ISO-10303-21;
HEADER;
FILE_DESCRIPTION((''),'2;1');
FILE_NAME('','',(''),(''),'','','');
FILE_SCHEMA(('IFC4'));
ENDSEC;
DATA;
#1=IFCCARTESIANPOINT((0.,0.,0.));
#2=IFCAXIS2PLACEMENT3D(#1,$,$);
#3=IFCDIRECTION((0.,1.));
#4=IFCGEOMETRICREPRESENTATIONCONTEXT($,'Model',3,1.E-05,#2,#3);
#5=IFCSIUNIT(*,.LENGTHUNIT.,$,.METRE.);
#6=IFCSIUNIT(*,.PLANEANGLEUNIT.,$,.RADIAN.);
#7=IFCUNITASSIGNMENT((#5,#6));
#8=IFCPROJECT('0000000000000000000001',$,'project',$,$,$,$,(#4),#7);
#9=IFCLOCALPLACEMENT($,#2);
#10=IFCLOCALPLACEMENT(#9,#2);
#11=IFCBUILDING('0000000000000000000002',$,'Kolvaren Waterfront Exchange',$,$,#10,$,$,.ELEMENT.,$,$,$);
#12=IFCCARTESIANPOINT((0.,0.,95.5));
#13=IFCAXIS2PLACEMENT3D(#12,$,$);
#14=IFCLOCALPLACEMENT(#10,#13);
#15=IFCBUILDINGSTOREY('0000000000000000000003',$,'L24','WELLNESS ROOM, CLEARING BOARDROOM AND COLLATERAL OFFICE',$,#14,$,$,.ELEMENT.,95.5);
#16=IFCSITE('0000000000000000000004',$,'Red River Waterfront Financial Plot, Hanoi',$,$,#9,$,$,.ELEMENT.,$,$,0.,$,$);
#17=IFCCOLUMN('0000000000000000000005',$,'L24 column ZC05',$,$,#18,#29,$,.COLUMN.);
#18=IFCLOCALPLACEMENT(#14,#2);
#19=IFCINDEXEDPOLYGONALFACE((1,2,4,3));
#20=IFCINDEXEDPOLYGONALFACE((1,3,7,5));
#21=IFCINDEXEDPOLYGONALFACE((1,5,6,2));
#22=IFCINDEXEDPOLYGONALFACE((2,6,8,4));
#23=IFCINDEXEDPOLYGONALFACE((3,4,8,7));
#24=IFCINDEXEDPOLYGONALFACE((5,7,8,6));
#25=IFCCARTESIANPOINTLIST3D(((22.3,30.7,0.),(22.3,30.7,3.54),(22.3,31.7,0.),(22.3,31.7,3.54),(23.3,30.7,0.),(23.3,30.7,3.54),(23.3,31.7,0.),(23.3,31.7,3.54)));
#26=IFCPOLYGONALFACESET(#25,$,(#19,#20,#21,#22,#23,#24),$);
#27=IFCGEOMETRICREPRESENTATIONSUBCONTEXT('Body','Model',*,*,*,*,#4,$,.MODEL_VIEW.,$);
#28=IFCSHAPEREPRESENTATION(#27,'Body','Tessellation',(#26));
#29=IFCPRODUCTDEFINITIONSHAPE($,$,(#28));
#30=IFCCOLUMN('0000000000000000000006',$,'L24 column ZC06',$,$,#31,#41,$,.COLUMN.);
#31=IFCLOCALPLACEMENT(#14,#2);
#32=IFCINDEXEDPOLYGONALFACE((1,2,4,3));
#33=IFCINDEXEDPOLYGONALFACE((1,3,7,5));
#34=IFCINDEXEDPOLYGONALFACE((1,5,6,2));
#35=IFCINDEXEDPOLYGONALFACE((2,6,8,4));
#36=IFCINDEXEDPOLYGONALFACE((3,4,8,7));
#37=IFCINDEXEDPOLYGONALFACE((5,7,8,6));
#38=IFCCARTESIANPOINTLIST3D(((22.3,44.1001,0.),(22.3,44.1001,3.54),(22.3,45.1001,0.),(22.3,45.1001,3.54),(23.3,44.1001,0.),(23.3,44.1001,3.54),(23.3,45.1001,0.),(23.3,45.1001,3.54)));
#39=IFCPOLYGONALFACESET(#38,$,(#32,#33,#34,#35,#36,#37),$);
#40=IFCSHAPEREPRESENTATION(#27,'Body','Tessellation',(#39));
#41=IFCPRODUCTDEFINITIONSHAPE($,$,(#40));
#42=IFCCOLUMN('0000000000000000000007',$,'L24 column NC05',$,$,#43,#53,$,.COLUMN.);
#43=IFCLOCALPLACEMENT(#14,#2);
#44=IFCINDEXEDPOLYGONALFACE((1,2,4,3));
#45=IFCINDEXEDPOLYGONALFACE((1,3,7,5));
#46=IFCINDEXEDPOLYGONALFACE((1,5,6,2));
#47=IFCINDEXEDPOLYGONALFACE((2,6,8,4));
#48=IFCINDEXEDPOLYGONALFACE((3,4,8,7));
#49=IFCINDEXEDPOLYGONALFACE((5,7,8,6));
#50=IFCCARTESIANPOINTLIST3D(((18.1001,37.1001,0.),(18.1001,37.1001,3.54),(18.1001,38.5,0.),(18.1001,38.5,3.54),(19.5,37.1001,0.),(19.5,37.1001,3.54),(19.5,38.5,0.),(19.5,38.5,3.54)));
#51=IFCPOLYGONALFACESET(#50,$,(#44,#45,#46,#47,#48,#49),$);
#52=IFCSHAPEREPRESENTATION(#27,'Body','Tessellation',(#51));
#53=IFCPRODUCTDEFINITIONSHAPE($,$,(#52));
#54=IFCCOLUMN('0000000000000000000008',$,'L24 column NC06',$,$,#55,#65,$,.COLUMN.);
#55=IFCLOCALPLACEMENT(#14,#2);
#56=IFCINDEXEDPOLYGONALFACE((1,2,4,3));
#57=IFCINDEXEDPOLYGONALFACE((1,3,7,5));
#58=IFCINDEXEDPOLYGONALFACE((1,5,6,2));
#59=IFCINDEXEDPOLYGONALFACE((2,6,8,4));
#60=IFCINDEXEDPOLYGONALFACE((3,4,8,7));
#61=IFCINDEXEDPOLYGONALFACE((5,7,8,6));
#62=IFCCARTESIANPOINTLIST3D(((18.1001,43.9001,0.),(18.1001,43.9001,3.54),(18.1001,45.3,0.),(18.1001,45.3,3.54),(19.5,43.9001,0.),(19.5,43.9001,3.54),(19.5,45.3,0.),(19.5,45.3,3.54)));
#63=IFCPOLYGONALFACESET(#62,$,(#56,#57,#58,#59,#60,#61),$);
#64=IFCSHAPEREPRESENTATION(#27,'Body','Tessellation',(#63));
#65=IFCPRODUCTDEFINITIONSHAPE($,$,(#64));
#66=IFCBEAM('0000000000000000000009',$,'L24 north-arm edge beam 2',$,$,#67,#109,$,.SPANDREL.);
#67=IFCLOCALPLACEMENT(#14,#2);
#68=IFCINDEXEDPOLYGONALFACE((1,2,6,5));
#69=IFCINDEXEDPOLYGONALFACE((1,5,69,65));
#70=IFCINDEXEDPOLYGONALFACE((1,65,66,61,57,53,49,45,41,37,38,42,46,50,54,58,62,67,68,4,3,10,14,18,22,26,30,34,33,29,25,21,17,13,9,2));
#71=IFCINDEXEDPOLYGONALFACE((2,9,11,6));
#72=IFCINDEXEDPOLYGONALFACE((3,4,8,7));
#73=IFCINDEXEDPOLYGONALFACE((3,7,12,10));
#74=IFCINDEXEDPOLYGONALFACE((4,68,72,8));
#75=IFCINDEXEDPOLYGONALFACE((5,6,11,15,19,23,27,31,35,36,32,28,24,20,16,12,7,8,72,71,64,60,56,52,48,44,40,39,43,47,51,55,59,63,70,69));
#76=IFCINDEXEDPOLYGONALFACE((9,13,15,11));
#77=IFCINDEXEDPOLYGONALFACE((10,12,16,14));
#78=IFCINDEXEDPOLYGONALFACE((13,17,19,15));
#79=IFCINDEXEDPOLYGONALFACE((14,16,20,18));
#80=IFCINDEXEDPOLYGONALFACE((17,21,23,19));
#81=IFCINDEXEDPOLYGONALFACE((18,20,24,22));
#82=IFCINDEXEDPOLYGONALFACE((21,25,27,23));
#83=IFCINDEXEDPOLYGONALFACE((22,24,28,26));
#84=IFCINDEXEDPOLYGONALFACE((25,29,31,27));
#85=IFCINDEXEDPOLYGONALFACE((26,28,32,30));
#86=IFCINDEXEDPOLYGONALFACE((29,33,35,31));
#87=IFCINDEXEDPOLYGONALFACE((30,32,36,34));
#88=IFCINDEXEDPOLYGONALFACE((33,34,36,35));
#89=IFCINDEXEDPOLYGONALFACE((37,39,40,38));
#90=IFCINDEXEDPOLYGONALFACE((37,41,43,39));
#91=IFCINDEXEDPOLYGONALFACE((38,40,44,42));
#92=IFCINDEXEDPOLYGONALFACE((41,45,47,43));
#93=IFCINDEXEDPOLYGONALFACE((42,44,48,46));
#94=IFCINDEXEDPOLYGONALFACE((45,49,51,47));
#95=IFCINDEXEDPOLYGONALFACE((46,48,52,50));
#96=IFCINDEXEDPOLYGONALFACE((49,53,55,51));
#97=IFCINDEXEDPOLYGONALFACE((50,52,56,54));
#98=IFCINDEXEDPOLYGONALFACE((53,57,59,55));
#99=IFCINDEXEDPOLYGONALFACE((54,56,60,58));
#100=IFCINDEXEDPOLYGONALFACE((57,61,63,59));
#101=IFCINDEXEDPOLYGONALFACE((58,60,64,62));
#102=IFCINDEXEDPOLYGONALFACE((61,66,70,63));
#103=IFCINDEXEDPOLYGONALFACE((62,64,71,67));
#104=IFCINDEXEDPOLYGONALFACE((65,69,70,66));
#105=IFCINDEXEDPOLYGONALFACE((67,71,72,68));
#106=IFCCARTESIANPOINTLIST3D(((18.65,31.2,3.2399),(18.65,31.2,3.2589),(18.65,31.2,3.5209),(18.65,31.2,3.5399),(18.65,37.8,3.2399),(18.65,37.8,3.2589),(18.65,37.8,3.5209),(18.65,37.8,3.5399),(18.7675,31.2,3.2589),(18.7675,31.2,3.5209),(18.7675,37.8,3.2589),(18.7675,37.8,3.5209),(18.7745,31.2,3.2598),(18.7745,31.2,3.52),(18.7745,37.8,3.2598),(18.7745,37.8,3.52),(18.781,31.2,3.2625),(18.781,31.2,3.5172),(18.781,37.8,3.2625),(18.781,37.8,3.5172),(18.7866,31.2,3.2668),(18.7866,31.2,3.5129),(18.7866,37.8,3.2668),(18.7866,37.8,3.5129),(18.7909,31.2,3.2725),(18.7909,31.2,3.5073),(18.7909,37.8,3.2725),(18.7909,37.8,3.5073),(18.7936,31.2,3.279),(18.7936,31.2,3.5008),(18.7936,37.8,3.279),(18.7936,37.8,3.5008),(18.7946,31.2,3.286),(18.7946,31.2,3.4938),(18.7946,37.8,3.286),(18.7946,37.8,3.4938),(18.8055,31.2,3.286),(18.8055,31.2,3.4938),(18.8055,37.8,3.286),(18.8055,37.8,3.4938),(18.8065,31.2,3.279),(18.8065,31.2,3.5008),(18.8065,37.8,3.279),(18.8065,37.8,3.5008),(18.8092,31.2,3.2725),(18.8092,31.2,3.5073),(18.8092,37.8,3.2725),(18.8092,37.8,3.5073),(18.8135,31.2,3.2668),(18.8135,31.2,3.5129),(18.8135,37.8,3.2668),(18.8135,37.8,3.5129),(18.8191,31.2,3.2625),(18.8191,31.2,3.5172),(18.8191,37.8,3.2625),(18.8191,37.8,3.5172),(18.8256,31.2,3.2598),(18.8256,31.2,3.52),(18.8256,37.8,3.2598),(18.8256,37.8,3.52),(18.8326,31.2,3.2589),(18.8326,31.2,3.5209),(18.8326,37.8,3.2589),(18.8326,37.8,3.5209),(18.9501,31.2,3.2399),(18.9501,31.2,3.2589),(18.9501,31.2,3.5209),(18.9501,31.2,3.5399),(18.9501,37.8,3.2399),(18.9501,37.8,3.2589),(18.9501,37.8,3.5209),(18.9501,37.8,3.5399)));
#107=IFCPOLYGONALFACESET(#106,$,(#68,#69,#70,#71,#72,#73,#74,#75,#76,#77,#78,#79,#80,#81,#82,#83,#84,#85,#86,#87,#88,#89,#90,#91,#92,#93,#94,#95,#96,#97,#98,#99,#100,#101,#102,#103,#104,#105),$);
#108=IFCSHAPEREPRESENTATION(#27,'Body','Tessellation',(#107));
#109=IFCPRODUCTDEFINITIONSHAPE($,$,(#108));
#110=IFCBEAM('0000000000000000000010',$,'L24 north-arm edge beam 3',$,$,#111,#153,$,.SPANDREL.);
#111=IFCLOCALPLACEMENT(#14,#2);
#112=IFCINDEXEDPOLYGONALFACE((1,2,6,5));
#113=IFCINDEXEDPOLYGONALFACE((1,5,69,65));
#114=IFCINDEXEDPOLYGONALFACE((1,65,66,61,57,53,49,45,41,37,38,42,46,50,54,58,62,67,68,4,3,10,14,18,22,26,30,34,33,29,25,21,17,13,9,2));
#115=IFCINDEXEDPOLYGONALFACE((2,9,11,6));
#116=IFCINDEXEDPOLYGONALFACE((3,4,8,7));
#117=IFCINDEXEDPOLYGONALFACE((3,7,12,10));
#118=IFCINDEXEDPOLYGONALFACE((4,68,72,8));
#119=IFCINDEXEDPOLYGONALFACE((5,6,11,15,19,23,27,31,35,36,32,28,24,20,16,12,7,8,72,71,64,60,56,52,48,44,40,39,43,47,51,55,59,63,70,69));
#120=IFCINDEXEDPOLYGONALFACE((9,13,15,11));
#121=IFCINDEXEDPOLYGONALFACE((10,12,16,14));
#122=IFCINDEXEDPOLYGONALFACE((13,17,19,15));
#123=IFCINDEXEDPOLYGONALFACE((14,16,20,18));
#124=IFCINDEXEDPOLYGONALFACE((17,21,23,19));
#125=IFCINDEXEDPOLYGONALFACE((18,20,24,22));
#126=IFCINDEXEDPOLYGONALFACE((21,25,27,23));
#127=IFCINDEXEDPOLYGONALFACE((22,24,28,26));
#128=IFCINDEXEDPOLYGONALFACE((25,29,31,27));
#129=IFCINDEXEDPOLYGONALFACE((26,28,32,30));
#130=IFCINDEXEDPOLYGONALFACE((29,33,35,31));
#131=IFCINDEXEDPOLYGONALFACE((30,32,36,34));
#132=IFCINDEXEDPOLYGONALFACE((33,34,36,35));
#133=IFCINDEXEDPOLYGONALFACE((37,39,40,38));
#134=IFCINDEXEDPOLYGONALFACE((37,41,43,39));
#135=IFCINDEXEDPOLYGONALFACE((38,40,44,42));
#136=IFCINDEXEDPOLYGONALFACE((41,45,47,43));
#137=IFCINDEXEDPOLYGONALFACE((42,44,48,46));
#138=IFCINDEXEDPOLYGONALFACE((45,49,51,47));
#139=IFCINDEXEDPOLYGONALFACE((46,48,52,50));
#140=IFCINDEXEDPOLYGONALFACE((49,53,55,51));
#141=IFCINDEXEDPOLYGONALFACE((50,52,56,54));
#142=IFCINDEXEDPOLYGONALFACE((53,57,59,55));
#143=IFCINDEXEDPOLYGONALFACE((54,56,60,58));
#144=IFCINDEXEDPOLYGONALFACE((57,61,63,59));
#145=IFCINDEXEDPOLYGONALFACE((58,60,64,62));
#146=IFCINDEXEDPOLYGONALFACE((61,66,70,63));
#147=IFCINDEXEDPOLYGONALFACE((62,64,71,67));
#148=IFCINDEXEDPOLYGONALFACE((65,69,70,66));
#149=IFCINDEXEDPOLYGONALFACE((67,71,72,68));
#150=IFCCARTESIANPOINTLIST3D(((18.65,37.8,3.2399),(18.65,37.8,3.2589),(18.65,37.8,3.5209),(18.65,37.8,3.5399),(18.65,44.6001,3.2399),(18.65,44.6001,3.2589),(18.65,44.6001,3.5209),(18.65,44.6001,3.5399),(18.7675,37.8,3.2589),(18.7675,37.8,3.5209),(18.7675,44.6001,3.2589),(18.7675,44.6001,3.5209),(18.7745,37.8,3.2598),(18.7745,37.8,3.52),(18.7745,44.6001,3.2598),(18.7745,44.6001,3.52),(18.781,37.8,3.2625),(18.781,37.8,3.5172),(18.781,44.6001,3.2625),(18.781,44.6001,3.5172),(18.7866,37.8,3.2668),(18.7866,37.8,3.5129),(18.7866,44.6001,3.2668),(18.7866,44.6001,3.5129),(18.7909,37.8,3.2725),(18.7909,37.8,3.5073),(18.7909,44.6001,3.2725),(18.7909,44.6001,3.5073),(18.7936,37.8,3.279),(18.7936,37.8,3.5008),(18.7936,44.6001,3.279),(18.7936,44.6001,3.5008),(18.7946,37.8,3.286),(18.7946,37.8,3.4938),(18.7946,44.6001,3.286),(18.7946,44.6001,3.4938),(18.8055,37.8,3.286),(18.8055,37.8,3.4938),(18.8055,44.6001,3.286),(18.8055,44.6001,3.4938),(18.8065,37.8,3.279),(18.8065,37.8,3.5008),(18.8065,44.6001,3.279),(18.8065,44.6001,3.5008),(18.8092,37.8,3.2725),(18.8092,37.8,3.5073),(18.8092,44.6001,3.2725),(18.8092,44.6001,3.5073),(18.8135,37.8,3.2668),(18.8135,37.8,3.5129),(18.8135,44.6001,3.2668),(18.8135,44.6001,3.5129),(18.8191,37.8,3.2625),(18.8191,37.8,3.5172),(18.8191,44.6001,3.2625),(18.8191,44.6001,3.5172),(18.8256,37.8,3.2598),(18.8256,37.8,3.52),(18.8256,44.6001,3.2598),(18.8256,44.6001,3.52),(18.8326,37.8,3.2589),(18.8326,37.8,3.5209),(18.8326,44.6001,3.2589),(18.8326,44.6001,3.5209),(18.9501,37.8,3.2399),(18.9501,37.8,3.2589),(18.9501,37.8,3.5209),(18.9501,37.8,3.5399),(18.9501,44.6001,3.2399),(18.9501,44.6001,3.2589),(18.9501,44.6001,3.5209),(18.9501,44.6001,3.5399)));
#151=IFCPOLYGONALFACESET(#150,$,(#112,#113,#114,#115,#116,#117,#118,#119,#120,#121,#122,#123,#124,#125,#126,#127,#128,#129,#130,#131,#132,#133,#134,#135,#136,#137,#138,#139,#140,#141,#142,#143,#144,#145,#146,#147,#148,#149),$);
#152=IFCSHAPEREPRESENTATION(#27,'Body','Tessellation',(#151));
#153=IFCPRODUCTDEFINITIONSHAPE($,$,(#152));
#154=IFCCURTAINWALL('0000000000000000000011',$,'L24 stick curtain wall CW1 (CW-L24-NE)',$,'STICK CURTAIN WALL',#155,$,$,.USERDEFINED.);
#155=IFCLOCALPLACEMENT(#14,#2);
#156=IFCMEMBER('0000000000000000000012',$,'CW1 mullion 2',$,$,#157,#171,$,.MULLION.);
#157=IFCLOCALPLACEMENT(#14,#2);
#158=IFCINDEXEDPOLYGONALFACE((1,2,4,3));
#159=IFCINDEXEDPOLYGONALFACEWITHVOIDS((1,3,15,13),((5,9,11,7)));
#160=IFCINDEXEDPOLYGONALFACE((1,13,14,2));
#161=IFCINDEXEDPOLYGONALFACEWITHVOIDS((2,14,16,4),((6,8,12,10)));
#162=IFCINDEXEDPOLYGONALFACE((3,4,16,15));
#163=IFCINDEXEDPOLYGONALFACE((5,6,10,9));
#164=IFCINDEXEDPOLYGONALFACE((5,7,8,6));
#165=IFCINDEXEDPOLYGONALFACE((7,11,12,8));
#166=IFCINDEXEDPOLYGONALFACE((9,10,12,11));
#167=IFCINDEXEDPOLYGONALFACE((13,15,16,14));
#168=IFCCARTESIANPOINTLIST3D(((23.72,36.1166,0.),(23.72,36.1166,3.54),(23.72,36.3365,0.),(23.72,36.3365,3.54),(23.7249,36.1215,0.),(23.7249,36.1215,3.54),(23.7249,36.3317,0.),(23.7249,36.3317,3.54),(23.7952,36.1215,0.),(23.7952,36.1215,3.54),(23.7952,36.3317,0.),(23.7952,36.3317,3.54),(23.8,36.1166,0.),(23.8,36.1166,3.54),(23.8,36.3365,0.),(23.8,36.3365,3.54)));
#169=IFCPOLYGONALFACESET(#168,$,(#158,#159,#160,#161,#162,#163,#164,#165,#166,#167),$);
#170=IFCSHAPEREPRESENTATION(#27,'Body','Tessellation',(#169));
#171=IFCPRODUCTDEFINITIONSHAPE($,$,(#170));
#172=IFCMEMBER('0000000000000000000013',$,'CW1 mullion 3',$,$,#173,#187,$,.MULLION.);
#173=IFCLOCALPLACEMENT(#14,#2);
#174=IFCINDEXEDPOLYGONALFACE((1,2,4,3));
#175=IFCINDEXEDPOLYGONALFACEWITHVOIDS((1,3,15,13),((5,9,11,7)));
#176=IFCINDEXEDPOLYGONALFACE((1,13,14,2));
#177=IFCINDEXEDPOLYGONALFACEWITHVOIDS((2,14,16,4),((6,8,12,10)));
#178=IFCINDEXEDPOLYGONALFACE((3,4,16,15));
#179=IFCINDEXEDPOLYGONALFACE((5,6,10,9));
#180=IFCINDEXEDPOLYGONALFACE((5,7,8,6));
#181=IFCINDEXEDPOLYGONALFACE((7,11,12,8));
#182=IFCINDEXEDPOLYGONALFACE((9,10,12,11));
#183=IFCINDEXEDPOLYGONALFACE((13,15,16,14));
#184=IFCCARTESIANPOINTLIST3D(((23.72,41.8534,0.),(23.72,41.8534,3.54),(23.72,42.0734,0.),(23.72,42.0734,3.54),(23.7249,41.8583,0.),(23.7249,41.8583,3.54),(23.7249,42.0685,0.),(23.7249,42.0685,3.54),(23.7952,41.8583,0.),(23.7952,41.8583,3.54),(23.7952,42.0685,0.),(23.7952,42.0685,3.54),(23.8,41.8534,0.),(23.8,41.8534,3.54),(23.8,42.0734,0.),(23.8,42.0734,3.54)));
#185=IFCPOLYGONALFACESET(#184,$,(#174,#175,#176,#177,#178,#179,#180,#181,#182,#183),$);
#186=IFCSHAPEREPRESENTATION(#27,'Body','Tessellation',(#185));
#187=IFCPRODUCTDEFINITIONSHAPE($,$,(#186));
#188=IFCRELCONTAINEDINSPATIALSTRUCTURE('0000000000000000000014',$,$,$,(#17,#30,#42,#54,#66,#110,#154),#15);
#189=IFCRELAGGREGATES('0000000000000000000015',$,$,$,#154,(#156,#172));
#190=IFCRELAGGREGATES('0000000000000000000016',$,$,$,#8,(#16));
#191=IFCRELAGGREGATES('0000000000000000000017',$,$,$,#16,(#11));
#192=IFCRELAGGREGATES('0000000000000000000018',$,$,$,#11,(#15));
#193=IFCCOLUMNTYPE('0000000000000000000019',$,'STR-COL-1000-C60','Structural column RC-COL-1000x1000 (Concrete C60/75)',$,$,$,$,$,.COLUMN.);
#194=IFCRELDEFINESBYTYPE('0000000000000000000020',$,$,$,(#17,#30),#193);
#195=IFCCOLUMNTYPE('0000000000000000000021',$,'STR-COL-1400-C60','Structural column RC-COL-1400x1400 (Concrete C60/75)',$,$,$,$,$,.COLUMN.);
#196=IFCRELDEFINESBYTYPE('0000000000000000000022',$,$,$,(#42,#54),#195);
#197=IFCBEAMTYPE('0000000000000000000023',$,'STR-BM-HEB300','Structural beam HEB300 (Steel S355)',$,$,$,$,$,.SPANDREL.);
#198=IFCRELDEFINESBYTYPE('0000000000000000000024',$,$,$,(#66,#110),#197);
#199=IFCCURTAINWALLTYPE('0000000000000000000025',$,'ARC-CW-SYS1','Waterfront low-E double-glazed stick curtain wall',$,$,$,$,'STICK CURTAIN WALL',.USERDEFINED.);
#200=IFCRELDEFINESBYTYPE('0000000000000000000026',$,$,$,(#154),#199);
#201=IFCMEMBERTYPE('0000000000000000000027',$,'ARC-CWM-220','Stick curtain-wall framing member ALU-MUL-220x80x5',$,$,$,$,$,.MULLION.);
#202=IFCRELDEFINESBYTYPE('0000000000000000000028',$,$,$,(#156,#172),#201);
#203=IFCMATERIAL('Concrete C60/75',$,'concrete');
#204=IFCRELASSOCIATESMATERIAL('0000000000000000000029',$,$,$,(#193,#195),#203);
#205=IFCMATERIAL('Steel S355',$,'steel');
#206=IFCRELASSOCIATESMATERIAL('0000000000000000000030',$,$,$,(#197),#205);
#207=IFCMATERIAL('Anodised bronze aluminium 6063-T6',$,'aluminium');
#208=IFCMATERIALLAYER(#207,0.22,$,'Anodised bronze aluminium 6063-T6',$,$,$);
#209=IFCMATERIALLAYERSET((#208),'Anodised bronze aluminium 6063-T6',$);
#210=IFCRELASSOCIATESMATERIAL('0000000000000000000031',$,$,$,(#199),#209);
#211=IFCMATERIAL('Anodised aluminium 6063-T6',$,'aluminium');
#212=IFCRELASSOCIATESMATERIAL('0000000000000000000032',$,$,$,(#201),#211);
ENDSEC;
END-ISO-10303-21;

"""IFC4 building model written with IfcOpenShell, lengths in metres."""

from ifc_helpers import new_model, si_unit, direction, frame, origin, origin_with_axes, origin_2d, place, context, subcontext, project, spatial, rectangle, hollow_rectangle, i_section, extrude, source, transform, mapped, material, layer, layer_set, material_profile, profile_set, type_object, element, aggregate, save


model = new_model("IFC4")

# Units and contexts
model_context = context("Model", 3, precision=1e-05, world=origin(), true_north=direction((0.0, 1.0)))
body_context = subcontext(model_context, "Body", "Model", "MODEL_VIEW")
ifc_project = project(units=[si_unit("LENGTHUNIT", "METRE"), si_unit("PLANEANGLEUNIT", "RADIAN")], contexts=[model_context])

# Site, building, storey
site_placement = place(None, origin())
site = spatial("IfcSite", under=ifc_project, at=site_placement, Name="Red River Waterfront Financial Plot, Hanoi", CompositionType="ELEMENT", RefElevation=0.0)
building_placement = place(site_placement, origin())
building = spatial("IfcBuilding", under=site, at=building_placement, Name="Kolvaren Waterfront Exchange", CompositionType="ELEMENT")
storey_placement = place(building_placement, frame((0.0, 0.0, 95.5)))
storey = spatial("IfcBuildingStorey", under=building, at=storey_placement, Name="L24", Description="WELLNESS ROOM, CLEARING BOARDROOM AND COLLATERAL OFFICE", CompositionType="ELEMENT", Elevation=95.5)

# Columns
ifc_material_1 = material(Name="Concrete C60/75", Category="concrete")
ifc_material_profile_1 = material_profile(ifc_material_1, rectangle(XDim=1.0, YDim=1.0, at=origin_2d()), Name="RC-COL-1000x1000")
ifc_profile_set_1 = profile_set([ifc_material_profile_1], Name="Concrete C60/75")
column_type_1 = type_object("IfcColumnType", Name="STR-COL-1000-C60", Description="Structural column RC-COL-1000x1000 (Concrete C60/75)", PredefinedType="COLUMN", material=ifc_profile_set_1)
for number, where, z_axis, x_axis, name in (
    (1, (22.8, 31.2, 0.0), (0.0, 0.0, 1.0), (1.0, 0.0, 0.0), "L24 column ZC05"),
    (2, (22.8, 44.6001, 0.0), (0.0, 0.0, 1.0), (1.0, 0.0, 0.0), "L24 column ZC06"),
):
    element("IfcColumn", number, at=place(storey_placement, frame(where, z_axis=z_axis, x_axis=x_axis)), inside=storey, type_object=column_type_1, Name=name, PredefinedType="COLUMN", context=body_context, shape_type="SweptSolid", body=[
        extrude(rectangle(XDim=1.0, YDim=1.0, at=origin_2d()), origin(), (0.0, 0.0, 1.0), 3.54),
    ])
ifc_material_profile_2 = material_profile(ifc_material_1, rectangle(XDim=1.3999, YDim=1.3999, at=origin_2d()), Name="RC-COL-1400x1400")
ifc_profile_set_2 = profile_set([ifc_material_profile_2], Name="Concrete C60/75")
column_type_2 = type_object("IfcColumnType", Name="STR-COL-1400-C60", Description="Structural column RC-COL-1400x1400 (Concrete C60/75)", PredefinedType="COLUMN", material=ifc_profile_set_2)
for number, where, z_axis, x_axis, name in (
    (3, (18.8, 37.8, 0.0), (0.0, 0.0, 1.0), (1.0, 0.0, 0.0), "L24 column NC05"),
    (4, (18.8, 44.6001, 0.0), (0.0, 0.0, 1.0), (1.0, 0.0, 0.0), "L24 column NC06"),
):
    element("IfcColumn", number, at=place(storey_placement, frame(where, z_axis=z_axis, x_axis=x_axis)), inside=storey, type_object=column_type_2, Name=name, PredefinedType="COLUMN", context=body_context, shape_type="SweptSolid", body=[
        extrude(rectangle(XDim=1.3999, YDim=1.3999, at=origin_2d()), origin(), (0.0, 0.0, 1.0), 3.54),
    ])

# Beams
ifc_material_2 = material(Name="Steel S355", Category="steel")
ifc_material_profile_3 = material_profile(ifc_material_2, i_section(OverallWidth=0.3, OverallDepth=0.3, WebThickness=0.011, FlangeThickness=0.019, FilletRadius=0.0271, at=origin_2d()), Name="HEB300")
ifc_profile_set_3 = profile_set([ifc_material_profile_3], Name="Steel S355")
beam_type = type_object("IfcBeamType", Name="STR-BM-HEB300", Description="Structural beam HEB300 (Steel S355)", PredefinedType="SPANDREL", material=ifc_profile_set_3)
beam_1_placement = place(storey_placement, frame((18.8, 31.2, 3.3899), z_axis=(0.0, 1.0, 0.0), x_axis=(-1.0, 0.0, 0.0)))
element("IfcBeam", 5, at=beam_1_placement, inside=storey, type_object=beam_type, Name="L24 north-arm edge beam 2", PredefinedType="SPANDREL", context=body_context, shape_type="SweptSolid", body=[
    extrude(i_section(OverallWidth=0.3, OverallDepth=0.3, WebThickness=0.011, FlangeThickness=0.019, FilletRadius=0.0271, at=origin_2d()), origin(), (0.0, 0.0, 1.0), 6.6001),
])
beam_2_placement = place(storey_placement, frame((18.8, 37.8, 3.3899), z_axis=(0.0, 1.0, 0.0), x_axis=(-1.0, 0.0, 0.0)))
element("IfcBeam", 6, at=beam_2_placement, inside=storey, type_object=beam_type, Name="L24 north-arm edge beam 3", PredefinedType="SPANDREL", context=body_context, shape_type="SweptSolid", body=[
    extrude(i_section(OverallWidth=0.3, OverallDepth=0.3, WebThickness=0.011, FlangeThickness=0.019, FilletRadius=0.0271, at=origin_2d()), origin(), (0.0, 0.0, 1.0), 6.8),
])

# Curtain wall, members
ifc_material_3 = material(Name="Anodised bronze aluminium 6063-T6", Category="aluminium")
ifc_layer_1 = layer(ifc_material_3, 0.22, Name="Anodised bronze aluminium 6063-T6")
ifc_layer_set_1 = layer_set([ifc_layer_1], Name="Anodised bronze aluminium 6063-T6")
curtain_wall_type = type_object("IfcCurtainWallType", Name="ARC-CW-SYS1", Description="Waterfront low-E double-glazed stick curtain wall", ElementType="STICK CURTAIN WALL", PredefinedType="USERDEFINED", material=ifc_layer_set_1)
curtain_wall_placement = place(storey_placement, origin())
curtain_wall = element("IfcCurtainWall", 7, at=curtain_wall_placement, inside=storey, type_object=curtain_wall_type, Name="L24 stick curtain wall CW1 (CW-L24-NE)", ObjectType="STICK CURTAIN WALL", PredefinedType="USERDEFINED")
ifc_material_4 = material(Name="Anodised aluminium 6063-T6", Category="aluminium")
ifc_material_profile_4 = material_profile(ifc_material_4, hollow_rectangle(XDim=0.0801, YDim=0.22, WallThickness=0.0049, at=origin_2d()), Name="ALU-MUL-220x80x5")
ifc_profile_set_4 = profile_set([ifc_material_profile_4], Name="Anodised aluminium 6063-T6")
member_type_1 = type_object("IfcMemberType", Name="ARC-CWM-220", Description="Stick curtain-wall framing member ALU-MUL-220x80x5", PredefinedType="MULLION", material=ifc_profile_set_4)
shared_shape_1 = source(origin_with_axes(), body_context, "Body", "SweptSolid", [
    extrude(hollow_rectangle(XDim=0.0801, YDim=0.22, WallThickness=0.0049, at=origin_2d()), origin(), (0.0, 0.0, 1.0), 3.54),
])
member_1_placement = place(storey_placement, frame((23.76, 36.2266, 0.0), z_axis=(0.0, 0.0, 1.0), x_axis=(-1.0, 0.0, 0.0)))
member_1 = element("IfcMember", 8, at=member_1_placement, type_object=member_type_1, Name="CW1 mullion 2", PredefinedType="MULLION", context=body_context, shape_type="MappedRepresentation", body=[
    mapped(shared_shape_1, transform((0.0, 0.0, 0.0), x_axis=(1.0, 0.0, 0.0), y_axis=(0.0, 1.0, 0.0), z_axis=(0.0, 0.0, 1.0), scale=1.0)),
])
member_2_placement = place(storey_placement, frame((23.76, 41.9634, 0.0), z_axis=(0.0, 0.0, 1.0), x_axis=(-1.0, 0.0, 0.0)))
member_2 = element("IfcMember", 9, at=member_2_placement, type_object=member_type_1, Name="CW1 mullion 3", PredefinedType="MULLION", context=body_context, shape_type="MappedRepresentation", body=[
    mapped(shared_shape_1, transform((0.0, 0.0, 0.0), x_axis=(1.0, 0.0, 0.0), y_axis=(0.0, 1.0, 0.0), z_axis=(0.0, 0.0, 1.0), scale=1.0)),
])
aggregate(curtain_wall, [member_1, member_2])

save(model, "model.ifc")
